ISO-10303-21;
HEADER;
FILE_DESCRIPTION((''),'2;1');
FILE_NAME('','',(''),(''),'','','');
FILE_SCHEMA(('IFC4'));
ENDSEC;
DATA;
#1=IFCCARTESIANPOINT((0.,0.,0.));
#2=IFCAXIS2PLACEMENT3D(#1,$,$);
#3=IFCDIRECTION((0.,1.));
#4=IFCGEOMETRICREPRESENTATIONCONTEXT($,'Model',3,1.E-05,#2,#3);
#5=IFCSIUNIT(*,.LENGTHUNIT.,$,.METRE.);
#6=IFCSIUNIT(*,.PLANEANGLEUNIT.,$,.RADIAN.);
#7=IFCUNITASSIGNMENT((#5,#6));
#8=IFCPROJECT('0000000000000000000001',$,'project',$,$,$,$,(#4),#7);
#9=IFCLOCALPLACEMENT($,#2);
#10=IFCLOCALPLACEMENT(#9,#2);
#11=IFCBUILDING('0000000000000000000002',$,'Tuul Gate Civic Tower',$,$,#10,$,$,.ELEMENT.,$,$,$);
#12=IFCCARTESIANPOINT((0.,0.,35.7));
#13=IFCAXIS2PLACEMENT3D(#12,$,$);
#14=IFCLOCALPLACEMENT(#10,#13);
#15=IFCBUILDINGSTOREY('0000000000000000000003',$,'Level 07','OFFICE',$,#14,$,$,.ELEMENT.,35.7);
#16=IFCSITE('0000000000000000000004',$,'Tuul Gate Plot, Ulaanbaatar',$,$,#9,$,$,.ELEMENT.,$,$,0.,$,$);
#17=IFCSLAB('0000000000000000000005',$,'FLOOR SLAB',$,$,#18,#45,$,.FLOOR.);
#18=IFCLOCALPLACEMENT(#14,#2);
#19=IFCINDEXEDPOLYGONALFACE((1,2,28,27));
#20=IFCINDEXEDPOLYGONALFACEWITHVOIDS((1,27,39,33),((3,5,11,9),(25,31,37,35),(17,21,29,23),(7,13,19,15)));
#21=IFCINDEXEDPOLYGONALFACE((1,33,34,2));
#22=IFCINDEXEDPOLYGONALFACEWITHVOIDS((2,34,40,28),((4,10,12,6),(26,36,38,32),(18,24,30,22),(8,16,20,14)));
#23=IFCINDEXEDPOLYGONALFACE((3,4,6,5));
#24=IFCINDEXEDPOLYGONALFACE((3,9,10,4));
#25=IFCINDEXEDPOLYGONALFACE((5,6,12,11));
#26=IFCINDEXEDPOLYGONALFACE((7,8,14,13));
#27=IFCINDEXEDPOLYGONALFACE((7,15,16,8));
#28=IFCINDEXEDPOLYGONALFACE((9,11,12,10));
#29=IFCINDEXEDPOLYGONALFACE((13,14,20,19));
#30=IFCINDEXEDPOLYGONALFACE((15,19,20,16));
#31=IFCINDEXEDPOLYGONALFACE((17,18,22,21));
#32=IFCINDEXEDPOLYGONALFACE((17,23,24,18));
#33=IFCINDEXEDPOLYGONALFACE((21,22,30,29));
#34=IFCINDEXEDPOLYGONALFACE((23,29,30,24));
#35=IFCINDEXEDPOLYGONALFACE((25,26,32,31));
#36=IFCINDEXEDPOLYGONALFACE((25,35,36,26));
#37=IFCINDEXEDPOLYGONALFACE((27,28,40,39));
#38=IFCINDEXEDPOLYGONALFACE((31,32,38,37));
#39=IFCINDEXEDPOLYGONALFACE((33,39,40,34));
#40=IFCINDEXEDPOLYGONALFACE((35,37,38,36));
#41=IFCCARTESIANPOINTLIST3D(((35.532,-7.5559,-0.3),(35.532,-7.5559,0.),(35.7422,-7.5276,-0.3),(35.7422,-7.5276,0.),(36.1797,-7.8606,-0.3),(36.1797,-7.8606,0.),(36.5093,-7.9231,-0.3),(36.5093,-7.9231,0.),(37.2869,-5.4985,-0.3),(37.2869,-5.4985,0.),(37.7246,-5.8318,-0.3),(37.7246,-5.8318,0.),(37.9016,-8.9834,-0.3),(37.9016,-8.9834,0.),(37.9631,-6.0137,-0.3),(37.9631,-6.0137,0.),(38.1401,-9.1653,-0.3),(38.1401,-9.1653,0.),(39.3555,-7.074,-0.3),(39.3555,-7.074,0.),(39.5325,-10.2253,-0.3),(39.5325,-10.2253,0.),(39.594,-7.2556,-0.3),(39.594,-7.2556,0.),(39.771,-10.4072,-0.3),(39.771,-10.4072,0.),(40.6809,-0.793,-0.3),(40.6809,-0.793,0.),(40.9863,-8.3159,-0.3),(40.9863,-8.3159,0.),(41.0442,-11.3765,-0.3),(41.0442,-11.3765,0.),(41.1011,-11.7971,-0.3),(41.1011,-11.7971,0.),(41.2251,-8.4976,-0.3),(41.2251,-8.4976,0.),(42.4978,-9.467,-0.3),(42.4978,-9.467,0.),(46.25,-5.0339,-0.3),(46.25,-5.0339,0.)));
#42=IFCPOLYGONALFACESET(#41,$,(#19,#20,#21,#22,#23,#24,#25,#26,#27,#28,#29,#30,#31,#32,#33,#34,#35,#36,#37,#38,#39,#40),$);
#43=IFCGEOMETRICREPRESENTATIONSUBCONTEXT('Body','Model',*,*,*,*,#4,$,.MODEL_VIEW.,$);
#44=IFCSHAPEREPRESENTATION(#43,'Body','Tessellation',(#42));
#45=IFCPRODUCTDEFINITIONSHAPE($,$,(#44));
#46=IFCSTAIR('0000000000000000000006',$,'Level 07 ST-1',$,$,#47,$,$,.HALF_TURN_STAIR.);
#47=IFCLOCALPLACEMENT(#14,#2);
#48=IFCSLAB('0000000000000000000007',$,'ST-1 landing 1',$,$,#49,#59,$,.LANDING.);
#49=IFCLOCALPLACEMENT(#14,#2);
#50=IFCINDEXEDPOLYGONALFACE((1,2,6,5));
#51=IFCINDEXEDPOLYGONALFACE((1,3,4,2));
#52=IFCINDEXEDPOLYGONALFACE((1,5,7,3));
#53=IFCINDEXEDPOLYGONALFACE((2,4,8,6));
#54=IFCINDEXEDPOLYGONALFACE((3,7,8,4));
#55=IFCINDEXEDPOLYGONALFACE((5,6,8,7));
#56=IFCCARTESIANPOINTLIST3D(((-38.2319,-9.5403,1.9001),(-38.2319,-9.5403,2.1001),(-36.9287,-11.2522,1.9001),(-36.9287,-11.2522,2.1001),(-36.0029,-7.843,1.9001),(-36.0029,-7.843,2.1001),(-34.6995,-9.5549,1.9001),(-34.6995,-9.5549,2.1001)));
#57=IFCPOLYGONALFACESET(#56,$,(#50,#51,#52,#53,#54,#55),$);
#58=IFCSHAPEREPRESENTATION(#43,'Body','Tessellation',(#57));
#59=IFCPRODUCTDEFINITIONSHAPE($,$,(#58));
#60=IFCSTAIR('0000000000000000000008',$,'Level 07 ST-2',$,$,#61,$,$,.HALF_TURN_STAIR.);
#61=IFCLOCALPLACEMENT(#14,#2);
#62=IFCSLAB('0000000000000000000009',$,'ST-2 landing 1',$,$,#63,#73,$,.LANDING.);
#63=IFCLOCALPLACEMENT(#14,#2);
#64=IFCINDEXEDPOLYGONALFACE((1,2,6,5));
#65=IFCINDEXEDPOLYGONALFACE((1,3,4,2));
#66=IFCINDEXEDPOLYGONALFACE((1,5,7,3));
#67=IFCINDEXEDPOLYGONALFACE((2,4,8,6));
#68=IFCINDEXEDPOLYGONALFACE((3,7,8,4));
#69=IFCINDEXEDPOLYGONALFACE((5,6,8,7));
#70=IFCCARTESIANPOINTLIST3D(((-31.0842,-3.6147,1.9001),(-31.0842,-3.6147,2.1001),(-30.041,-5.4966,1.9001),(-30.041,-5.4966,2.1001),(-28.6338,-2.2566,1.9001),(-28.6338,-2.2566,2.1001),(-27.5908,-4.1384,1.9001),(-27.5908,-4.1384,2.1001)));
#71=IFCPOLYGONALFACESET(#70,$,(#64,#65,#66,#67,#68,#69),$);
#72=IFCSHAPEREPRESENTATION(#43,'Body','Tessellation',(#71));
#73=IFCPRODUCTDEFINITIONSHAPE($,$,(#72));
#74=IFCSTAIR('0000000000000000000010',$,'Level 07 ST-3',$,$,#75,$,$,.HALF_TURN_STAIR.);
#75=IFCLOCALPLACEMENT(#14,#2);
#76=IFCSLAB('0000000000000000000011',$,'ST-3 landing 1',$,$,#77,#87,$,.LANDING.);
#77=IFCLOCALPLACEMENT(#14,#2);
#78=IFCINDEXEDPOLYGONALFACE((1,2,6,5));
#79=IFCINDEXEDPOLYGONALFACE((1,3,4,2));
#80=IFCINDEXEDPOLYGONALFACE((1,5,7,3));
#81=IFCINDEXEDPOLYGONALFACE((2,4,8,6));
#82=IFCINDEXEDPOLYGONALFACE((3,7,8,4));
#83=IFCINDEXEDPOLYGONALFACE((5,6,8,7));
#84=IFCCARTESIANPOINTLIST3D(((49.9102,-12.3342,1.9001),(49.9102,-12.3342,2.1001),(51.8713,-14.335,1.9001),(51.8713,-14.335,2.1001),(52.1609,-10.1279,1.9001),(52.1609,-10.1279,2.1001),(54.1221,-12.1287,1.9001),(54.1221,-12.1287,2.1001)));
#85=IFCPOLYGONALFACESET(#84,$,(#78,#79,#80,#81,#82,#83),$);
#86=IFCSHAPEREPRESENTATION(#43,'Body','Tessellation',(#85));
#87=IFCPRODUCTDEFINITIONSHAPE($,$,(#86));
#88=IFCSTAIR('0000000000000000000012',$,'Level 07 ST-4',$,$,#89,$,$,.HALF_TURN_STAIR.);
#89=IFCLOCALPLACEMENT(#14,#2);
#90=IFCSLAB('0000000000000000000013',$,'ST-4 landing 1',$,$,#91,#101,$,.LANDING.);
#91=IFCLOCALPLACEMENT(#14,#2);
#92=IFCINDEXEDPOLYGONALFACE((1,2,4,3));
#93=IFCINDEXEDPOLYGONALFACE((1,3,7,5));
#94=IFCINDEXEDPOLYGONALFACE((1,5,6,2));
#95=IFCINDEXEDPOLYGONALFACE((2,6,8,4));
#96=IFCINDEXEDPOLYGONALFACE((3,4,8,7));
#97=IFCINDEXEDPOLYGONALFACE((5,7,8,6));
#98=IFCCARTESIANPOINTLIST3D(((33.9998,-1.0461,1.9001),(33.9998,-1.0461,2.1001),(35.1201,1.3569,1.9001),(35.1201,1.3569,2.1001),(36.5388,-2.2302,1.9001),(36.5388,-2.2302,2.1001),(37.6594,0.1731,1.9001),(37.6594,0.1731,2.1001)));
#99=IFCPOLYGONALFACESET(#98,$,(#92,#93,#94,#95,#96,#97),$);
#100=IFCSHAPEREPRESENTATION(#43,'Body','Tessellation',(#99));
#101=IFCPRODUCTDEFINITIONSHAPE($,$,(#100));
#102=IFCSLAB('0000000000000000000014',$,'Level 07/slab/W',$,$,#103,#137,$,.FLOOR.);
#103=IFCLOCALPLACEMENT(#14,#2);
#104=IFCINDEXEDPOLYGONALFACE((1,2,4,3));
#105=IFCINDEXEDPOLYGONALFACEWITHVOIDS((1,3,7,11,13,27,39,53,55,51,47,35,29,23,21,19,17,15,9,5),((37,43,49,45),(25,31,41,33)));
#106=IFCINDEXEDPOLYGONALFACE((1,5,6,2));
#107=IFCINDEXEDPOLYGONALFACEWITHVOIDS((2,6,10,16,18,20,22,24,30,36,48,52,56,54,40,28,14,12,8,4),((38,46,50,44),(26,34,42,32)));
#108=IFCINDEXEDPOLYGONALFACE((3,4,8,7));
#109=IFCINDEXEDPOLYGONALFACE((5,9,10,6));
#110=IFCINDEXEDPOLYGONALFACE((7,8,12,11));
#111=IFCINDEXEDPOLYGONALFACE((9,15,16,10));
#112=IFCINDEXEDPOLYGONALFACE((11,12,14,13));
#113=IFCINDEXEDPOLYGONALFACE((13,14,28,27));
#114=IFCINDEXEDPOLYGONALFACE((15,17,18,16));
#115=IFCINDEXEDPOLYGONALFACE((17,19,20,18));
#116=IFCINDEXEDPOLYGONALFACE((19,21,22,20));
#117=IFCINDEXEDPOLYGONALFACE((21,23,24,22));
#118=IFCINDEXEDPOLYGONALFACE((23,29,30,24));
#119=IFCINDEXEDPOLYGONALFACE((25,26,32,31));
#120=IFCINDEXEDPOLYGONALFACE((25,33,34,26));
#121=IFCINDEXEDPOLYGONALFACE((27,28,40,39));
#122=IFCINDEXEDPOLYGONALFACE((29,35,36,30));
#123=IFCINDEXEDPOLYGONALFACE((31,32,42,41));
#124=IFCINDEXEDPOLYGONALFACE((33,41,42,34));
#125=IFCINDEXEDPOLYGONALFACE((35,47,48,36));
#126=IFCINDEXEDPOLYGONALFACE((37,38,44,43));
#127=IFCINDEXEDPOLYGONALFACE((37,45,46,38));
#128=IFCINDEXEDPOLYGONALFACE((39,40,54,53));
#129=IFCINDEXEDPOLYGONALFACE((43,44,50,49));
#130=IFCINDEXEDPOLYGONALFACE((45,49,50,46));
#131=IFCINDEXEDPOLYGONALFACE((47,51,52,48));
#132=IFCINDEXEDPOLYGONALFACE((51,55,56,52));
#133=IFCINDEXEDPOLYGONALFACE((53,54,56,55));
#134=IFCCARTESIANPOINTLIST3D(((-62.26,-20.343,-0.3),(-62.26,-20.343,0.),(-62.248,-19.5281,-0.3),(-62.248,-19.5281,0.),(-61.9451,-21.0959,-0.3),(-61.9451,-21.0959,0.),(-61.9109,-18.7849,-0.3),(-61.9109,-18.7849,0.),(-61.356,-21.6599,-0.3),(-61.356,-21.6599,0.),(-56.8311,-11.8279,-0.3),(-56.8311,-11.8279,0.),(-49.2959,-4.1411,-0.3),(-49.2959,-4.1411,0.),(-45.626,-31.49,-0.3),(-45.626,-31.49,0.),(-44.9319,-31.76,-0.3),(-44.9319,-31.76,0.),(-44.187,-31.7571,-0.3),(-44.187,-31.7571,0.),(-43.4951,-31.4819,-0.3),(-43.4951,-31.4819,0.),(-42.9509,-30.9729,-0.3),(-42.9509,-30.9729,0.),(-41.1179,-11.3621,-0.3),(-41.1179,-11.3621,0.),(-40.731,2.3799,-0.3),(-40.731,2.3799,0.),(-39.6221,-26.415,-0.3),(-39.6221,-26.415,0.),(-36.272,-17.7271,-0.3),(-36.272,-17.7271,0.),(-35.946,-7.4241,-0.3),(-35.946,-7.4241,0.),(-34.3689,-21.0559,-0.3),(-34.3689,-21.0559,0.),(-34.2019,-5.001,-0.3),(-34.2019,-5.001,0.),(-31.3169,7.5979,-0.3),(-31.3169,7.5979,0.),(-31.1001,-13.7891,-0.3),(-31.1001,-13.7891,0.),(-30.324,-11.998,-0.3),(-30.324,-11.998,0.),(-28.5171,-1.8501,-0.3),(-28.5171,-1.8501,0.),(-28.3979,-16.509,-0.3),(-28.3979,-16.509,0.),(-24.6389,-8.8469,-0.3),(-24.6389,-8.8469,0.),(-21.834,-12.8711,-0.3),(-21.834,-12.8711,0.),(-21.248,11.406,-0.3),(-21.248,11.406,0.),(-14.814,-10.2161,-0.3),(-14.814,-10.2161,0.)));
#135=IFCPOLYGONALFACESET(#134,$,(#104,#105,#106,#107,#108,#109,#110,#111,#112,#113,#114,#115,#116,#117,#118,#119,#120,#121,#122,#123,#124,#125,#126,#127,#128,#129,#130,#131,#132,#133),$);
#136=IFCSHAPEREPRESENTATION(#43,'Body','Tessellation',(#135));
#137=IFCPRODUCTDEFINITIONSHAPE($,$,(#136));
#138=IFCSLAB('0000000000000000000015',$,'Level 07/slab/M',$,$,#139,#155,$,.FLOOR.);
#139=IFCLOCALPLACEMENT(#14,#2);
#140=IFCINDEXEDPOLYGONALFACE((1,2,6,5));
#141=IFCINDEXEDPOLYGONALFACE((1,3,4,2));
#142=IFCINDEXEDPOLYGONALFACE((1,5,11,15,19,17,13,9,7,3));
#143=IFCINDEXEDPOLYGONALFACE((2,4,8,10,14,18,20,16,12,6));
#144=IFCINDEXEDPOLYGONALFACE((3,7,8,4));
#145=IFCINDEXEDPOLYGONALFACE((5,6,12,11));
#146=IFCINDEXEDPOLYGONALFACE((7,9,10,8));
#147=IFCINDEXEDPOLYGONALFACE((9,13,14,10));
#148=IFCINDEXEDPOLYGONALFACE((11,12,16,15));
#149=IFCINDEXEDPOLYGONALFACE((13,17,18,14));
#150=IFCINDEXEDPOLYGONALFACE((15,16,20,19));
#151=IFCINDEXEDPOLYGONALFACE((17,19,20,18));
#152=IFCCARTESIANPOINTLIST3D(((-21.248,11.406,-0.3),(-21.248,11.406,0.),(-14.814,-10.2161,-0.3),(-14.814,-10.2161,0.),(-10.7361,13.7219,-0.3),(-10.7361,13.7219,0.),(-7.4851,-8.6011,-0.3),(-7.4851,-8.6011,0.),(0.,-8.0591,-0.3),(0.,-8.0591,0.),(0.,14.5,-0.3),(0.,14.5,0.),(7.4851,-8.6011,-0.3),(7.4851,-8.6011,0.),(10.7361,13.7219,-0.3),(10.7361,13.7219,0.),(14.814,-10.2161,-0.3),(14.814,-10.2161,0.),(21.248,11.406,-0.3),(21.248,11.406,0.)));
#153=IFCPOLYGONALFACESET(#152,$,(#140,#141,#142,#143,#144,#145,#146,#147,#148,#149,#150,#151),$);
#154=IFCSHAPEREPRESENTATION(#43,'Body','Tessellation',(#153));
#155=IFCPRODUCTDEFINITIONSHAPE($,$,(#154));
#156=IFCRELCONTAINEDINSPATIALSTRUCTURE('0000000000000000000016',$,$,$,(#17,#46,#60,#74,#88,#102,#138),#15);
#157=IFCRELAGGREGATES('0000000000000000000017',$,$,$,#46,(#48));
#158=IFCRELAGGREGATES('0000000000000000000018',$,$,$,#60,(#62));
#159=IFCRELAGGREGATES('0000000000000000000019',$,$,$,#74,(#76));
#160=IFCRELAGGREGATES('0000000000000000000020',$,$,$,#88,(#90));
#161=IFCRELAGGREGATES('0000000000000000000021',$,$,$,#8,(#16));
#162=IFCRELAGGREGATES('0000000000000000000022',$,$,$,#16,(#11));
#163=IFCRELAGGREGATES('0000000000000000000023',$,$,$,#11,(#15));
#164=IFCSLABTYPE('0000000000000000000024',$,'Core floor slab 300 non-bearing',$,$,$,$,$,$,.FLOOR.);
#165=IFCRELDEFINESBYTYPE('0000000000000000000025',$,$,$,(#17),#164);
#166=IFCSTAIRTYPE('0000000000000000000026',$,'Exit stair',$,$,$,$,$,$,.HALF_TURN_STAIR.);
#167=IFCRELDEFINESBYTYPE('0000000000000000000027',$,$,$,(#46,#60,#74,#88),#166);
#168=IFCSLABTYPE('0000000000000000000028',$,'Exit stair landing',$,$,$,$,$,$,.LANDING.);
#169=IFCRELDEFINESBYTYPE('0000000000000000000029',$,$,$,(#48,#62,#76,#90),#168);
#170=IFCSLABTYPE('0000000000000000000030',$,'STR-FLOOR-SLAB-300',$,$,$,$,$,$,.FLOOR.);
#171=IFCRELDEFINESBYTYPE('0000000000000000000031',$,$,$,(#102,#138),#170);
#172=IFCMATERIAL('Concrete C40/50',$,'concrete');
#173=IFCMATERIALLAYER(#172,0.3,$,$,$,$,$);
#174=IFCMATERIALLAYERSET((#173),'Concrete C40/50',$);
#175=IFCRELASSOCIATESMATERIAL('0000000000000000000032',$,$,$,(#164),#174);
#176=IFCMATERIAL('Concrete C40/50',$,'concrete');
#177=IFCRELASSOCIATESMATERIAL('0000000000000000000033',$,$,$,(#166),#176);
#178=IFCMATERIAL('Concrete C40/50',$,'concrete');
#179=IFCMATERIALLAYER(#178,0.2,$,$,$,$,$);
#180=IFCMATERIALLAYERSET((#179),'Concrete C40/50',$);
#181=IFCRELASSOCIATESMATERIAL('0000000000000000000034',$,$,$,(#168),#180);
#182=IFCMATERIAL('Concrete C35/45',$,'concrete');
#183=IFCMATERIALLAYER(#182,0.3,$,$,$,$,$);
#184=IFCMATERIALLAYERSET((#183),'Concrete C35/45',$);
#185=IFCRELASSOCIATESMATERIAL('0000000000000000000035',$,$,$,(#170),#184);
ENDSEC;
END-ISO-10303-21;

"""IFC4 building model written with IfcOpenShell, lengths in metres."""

from ifc_helpers import new_model, si_unit, direction, frame, origin, place, context, subcontext, project, spatial, polyline, outline, extrude, material, layer, layer_set, type_object, element, aggregate, save


model = new_model("IFC4")

# Units and contexts
model_context = context("Model", 3, precision=1e-05, world=origin(), true_north=direction((0.0, 1.0)))
body_context = subcontext(model_context, "Body", "Model", "MODEL_VIEW")
ifc_project = project(units=[si_unit("LENGTHUNIT", "METRE"), si_unit("PLANEANGLEUNIT", "RADIAN")], contexts=[model_context])

# Site, building, storey
site_placement = place(None, origin())
site = spatial("IfcSite", under=ifc_project, at=site_placement, Name="Tuul Gate Plot, Ulaanbaatar", CompositionType="ELEMENT", RefElevation=0.0)
building_placement = place(site_placement, origin())
building = spatial("IfcBuilding", under=site, at=building_placement, Name="Tuul Gate Civic Tower", CompositionType="ELEMENT")
storey_placement = place(building_placement, frame((0.0, 0.0, 35.7)))
storey = spatial("IfcBuildingStorey", under=building, at=storey_placement, Name="Level 07", Description="OFFICE", CompositionType="ELEMENT", Elevation=35.7)

# Slab
ifc_material_1 = material(Name="Concrete C40/50", Category="concrete")
ifc_layer_1 = layer(ifc_material_1, 0.3)
ifc_layer_set_1 = layer_set([ifc_layer_1], Name="Concrete C40/50")
slab_type_1 = type_object("IfcSlabType", Name="Core floor slab 300 non-bearing", PredefinedType="FLOOR", material=ifc_layer_set_1)
slab_1_placement = place(storey_placement, frame((0.0, 0.0, -0.3)))
element("IfcSlab", 1, at=slab_1_placement, inside=storey, type_object=slab_type_1, Name="FLOOR SLAB", PredefinedType="FLOOR", context=body_context, shape_type="SweptSolid", body=[
    extrude(outline(polyline([(41.1011, -11.7971), (46.25, -5.0339), (40.6809, -0.793), (35.532, -7.5559), (41.1011, -11.7971)]), holes=[polyline([(41.0442, -11.3765), (42.4978, -9.467), (41.2251, -8.4976), (39.771, -10.4072), (41.0442, -11.3765)]), polyline([(39.5325, -10.2253), (40.9863, -8.3159), (39.594, -7.2556), (38.1401, -9.1653), (39.5325, -10.2253)]), polyline([(37.9016, -8.9834), (39.3555, -7.074), (37.9631, -6.0137), (36.5093, -7.9231), (37.9016, -8.9834)]), polyline([(36.1797, -7.8606), (37.7246, -5.8318), (37.2869, -5.4985), (35.7422, -7.5276), (36.1797, -7.8606)])]), origin(), (0.0, 0.0, 1.0), 0.3),
])

# Stairs, slabs
ifc_material_2 = material(Name="Concrete C40/50", Category="concrete")
stair_type = type_object("IfcStairType", Name="Exit stair", PredefinedType="HALF_TURN_STAIR", material=ifc_material_2)
stair_1_placement = place(storey_placement, origin())
stair_1 = element("IfcStair", 2, at=stair_1_placement, inside=storey, type_object=stair_type, Name="Level 07 ST-1", PredefinedType="HALF_TURN_STAIR")
ifc_material_3 = material(Name="Concrete C40/50", Category="concrete")
ifc_layer_2 = layer(ifc_material_3, 0.2)
ifc_layer_set_2 = layer_set([ifc_layer_2], Name="Concrete C40/50")
slab_type_2 = type_object("IfcSlabType", Name="Exit stair landing", PredefinedType="LANDING", material=ifc_layer_set_2)
slab_2_placement = place(storey_placement, frame((0.0, 0.0, 1.9001)))
slab_2 = element("IfcSlab", 3, at=slab_2_placement, type_object=slab_type_2, Name="ST-1 landing 1", PredefinedType="LANDING", context=body_context, shape_type="SweptSolid", body=[
    extrude(outline(polyline([(-34.6995, -9.5549), (-36.9287, -11.2522), (-38.2319, -9.5403), (-36.0029, -7.843), (-34.6995, -9.5549)])), origin(), (0.0, 0.0, 1.0), 0.2),
])
aggregate(stair_1, [slab_2])
stair_2_placement = place(storey_placement, origin())
stair_2 = element("IfcStair", 4, at=stair_2_placement, inside=storey, type_object=stair_type, Name="Level 07 ST-2", PredefinedType="HALF_TURN_STAIR")
slab_3_placement = place(storey_placement, frame((0.0, 0.0, 1.9001)))
slab_3 = element("IfcSlab", 5, at=slab_3_placement, type_object=slab_type_2, Name="ST-2 landing 1", PredefinedType="LANDING", context=body_context, shape_type="SweptSolid", body=[
    extrude(outline(polyline([(-27.5908, -4.1384), (-30.041, -5.4966), (-31.0842, -3.6147), (-28.6338, -2.2566), (-27.5908, -4.1384)])), origin(), (0.0, 0.0, 1.0), 0.2),
])
aggregate(stair_2, [slab_3])
stair_3_placement = place(storey_placement, origin())
stair_3 = element("IfcStair", 6, at=stair_3_placement, inside=storey, type_object=stair_type, Name="Level 07 ST-3", PredefinedType="HALF_TURN_STAIR")
slab_4_placement = place(storey_placement, frame((0.0, 0.0, 1.9001)))
slab_4 = element("IfcSlab", 7, at=slab_4_placement, type_object=slab_type_2, Name="ST-3 landing 1", PredefinedType="LANDING", context=body_context, shape_type="SweptSolid", body=[
    extrude(outline(polyline([(51.8713, -14.335), (49.9102, -12.3342), (52.1609, -10.1279), (54.1221, -12.1287), (51.8713, -14.335)])), origin(), (0.0, 0.0, 1.0), 0.2),
])
aggregate(stair_3, [slab_4])
stair_4_placement = place(storey_placement, origin())
stair_4 = element("IfcStair", 8, at=stair_4_placement, inside=storey, type_object=stair_type, Name="Level 07 ST-4", PredefinedType="HALF_TURN_STAIR")
slab_5_placement = place(storey_placement, frame((0.0, 0.0, 1.9001)))
slab_5 = element("IfcSlab", 9, at=slab_5_placement, type_object=slab_type_2, Name="ST-4 landing 1", PredefinedType="LANDING", context=body_context, shape_type="SweptSolid", body=[
    extrude(outline(polyline([(36.5388, -2.2302), (33.9998, -1.0461), (35.1201, 1.3569), (37.6594, 0.1731), (36.5388, -2.2302)])), origin(), (0.0, 0.0, 1.0), 0.2),
])
aggregate(stair_4, [slab_5])

# Slabs
ifc_material_4 = material(Name="Concrete C35/45", Category="concrete")
ifc_layer_3 = layer(ifc_material_4, 0.3)
ifc_layer_set_3 = layer_set([ifc_layer_3], Name="Concrete C35/45")
slab_type_3 = type_object("IfcSlabType", Name="STR-FLOOR-SLAB-300", PredefinedType="FLOOR", material=ifc_layer_set_3)
slab_6_placement = place(storey_placement, frame((0.0, 0.0, -0.3)))
element("IfcSlab", 10, at=slab_6_placement, inside=storey, type_object=slab_type_3, Name="Level 07/slab/W", PredefinedType="FLOOR", context=body_context, shape_type="SweptSolid", body=[
    extrude(outline(polyline([(-21.834, -12.8711), (-14.814, -10.2161), (-21.248, 11.406), (-31.3169, 7.5979), (-40.731, 2.3799), (-49.2959, -4.1411), (-56.8311, -11.8279), (-61.9109, -18.7849), (-62.248, -19.5281), (-62.26, -20.343), (-61.9451, -21.0959), (-61.356, -21.6599), (-45.626, -31.49), (-44.9319, -31.76), (-44.187, -31.7571), (-43.4951, -31.4819), (-42.9509, -30.9729), (-39.6221, -26.415), (-34.3689, -21.0559), (-28.3979, -16.509), (-21.834, -12.8711)]), holes=[polyline([(-31.1001, -13.7891), (-36.272, -17.7271), (-41.1179, -11.3621), (-35.946, -7.4241), (-31.1001, -13.7891)]), polyline([(-24.6389, -8.8469), (-30.324, -11.998), (-34.2019, -5.001), (-28.5171, -1.8501), (-24.6389, -8.8469)])]), origin(), (0.0, 0.0, 1.0), 0.3),
])
slab_7_placement = place(storey_placement, frame((0.0, 0.0, -0.3)))
element("IfcSlab", 11, at=slab_7_placement, inside=storey, type_object=slab_type_3, Name="Level 07/slab/M", PredefinedType="FLOOR", context=body_context, shape_type="SweptSolid", body=[
    extrude(outline(polyline([(14.814, -10.2161), (21.248, 11.406), (10.7361, 13.7219), (0.0, 14.5), (-10.7361, 13.7219), (-21.248, 11.406), (-14.814, -10.2161), (-7.4851, -8.6011), (0.0, -8.0591), (7.4851, -8.6011), (14.814, -10.2161)])), origin(), (0.0, 0.0, 1.0), 0.3),
])

save(model, "model.ifc")
